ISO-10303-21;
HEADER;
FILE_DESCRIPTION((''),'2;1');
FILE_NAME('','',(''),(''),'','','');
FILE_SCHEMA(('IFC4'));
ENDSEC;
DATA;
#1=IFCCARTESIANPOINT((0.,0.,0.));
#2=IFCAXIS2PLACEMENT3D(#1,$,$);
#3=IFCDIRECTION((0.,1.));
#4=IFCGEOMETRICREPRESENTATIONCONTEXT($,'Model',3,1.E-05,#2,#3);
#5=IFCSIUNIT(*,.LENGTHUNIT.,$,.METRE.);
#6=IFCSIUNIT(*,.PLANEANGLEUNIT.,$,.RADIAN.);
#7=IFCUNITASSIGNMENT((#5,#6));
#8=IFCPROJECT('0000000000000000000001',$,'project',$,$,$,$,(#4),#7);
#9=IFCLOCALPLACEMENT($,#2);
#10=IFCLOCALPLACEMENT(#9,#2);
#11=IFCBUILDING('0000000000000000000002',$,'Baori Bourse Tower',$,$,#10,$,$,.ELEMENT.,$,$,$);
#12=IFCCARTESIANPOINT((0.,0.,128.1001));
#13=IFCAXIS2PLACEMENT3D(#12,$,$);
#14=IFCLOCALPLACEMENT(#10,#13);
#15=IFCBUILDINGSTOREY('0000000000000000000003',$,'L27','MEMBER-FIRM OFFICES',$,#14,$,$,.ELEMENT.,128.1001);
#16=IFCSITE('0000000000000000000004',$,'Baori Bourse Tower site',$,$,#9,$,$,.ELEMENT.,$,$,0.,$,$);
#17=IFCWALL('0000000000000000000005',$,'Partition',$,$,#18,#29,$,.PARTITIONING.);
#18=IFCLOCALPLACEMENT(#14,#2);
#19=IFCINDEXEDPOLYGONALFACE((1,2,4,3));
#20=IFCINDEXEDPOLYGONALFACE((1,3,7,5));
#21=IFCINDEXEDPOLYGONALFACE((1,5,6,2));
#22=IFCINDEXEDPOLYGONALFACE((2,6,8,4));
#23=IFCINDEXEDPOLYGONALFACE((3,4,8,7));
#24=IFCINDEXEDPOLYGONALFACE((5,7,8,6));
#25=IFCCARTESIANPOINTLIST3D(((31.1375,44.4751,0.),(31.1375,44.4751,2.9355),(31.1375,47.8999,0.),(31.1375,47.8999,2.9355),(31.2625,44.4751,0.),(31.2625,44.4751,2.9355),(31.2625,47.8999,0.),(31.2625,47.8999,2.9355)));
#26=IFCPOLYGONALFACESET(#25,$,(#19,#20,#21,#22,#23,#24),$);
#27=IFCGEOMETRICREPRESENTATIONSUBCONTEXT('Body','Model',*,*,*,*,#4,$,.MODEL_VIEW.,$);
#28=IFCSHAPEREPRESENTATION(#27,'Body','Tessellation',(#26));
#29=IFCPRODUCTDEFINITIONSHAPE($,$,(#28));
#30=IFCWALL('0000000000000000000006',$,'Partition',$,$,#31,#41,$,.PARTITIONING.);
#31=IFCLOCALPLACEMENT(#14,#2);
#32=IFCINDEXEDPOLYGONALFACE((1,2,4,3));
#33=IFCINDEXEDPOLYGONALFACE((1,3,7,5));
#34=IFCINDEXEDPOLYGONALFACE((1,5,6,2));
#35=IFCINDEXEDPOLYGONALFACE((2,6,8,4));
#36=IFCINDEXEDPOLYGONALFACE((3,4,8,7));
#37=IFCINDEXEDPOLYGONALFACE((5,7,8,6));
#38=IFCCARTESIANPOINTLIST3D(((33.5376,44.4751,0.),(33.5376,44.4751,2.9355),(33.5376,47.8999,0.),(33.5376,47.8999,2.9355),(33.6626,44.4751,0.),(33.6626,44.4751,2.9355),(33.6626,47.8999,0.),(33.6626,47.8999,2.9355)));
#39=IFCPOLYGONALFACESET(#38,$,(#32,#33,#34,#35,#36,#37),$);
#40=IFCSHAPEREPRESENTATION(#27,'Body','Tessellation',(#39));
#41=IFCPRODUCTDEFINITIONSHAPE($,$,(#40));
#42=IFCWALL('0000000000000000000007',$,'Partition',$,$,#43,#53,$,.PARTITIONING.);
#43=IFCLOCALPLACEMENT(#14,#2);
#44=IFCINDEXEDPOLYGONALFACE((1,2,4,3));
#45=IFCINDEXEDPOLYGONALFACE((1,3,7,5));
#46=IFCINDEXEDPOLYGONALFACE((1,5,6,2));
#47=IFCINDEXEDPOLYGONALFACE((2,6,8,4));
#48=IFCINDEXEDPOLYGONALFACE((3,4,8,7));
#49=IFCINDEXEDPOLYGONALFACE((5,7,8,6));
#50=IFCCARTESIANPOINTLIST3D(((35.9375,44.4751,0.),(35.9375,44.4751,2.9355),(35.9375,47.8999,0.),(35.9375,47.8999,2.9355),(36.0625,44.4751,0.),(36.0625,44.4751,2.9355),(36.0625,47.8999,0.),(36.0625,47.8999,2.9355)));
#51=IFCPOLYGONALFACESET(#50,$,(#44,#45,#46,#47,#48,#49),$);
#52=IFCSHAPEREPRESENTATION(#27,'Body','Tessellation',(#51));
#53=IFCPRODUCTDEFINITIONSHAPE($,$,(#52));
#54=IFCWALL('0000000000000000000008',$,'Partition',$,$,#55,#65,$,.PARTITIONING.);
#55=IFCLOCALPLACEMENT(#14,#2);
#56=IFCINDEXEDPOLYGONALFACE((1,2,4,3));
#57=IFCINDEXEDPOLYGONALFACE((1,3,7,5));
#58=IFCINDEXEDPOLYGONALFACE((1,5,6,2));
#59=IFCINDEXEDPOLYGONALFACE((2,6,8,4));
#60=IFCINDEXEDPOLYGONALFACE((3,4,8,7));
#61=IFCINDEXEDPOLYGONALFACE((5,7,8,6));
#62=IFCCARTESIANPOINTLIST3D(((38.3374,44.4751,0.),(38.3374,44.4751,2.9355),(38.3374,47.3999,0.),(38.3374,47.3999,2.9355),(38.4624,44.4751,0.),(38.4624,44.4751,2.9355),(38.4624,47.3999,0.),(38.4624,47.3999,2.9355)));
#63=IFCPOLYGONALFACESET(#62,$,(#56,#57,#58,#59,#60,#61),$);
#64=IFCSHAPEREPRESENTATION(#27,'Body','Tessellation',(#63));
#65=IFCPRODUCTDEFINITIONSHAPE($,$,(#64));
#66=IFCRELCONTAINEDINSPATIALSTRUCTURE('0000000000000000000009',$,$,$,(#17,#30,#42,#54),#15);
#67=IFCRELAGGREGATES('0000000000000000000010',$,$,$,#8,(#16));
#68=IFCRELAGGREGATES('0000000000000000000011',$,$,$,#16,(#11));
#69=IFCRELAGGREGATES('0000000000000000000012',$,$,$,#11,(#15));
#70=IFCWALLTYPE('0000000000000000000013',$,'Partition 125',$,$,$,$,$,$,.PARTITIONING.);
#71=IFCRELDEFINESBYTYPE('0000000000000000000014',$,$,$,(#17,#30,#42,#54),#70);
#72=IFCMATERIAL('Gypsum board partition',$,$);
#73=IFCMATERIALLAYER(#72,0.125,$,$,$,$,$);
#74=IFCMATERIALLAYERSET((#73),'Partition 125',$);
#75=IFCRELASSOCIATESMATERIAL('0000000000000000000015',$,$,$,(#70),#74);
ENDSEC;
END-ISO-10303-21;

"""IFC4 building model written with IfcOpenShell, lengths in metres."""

from ifc_helpers import new_model, si_unit, direction, frame, frame_2d, origin, place, context, subcontext, project, spatial, rectangle, extrude, material, layer, layer_set, type_object, element, save


model = new_model("IFC4")

# Units and contexts
model_context = context("Model", 3, precision=1e-05, world=origin(), true_north=direction((0.0, 1.0)))
body_context = subcontext(model_context, "Body", "Model", "MODEL_VIEW")
ifc_project = project(units=[si_unit("LENGTHUNIT", "METRE"), si_unit("PLANEANGLEUNIT", "RADIAN")], contexts=[model_context])

# Site, building, storey
site_placement = place(None, origin())
site = spatial("IfcSite", under=ifc_project, at=site_placement, Name="Baori Bourse Tower site", CompositionType="ELEMENT", RefElevation=0.0)
building_placement = place(site_placement, origin())
building = spatial("IfcBuilding", under=site, at=building_placement, Name="Baori Bourse Tower", CompositionType="ELEMENT")
storey_placement = place(building_placement, frame((0.0, 0.0, 128.1001)))
storey = spatial("IfcBuildingStorey", under=building, at=storey_placement, Name="L27", Description="MEMBER-FIRM OFFICES", CompositionType="ELEMENT", Elevation=128.1001)

# Walls
ifc_material_1 = material(Name="Gypsum board partition")
ifc_layer_1 = layer(ifc_material_1, 0.125)
ifc_layer_set_1 = layer_set([ifc_layer_1], Name="Partition 125")
wall_type_1 = type_object("IfcWallType", Name="Partition 125", PredefinedType="PARTITIONING", material=ifc_layer_set_1)
for number, where, z_axis, x_axis, name in (
    (1, (31.2, 44.4751, 0.0), (0.0, 0.0, 1.0), (0.0, 1.0, 0.0), "Partition"),
    (2, (33.6001, 44.4751, 0.0), (0.0, 0.0, 1.0), (0.0, 1.0, 0.0), "Partition"),
    (3, (36.0, 44.4751, 0.0), (0.0, 0.0, 1.0), (0.0, 1.0, 0.0), "Partition"),
):
    element("IfcWall", number, at=place(storey_placement, frame(where, z_axis=z_axis, x_axis=x_axis)), inside=storey, type_object=wall_type_1, Name=name, PredefinedType="PARTITIONING", context=body_context, shape_type="SweptSolid", body=[
        extrude(rectangle(XDim=3.4248, YDim=0.125, at=frame_2d((1.7124, 0.0))), origin(), (0.0, 0.0, 1.0), 2.9355),
    ])
wall_1_placement = place(storey_placement, frame((38.3999, 44.4751, 0.0), z_axis=(0.0, 0.0, 1.0), x_axis=(0.0, 1.0, 0.0)))
element("IfcWall", 4, at=wall_1_placement, inside=storey, type_object=wall_type_1, Name="Partition", PredefinedType="PARTITIONING", context=body_context, shape_type="SweptSolid", body=[
    extrude(rectangle(XDim=2.9248, YDim=0.125, at=frame_2d((1.4624, 0.0))), origin(), (0.0, 0.0, 1.0), 2.9355),
])

save(model, "model.ifc")
